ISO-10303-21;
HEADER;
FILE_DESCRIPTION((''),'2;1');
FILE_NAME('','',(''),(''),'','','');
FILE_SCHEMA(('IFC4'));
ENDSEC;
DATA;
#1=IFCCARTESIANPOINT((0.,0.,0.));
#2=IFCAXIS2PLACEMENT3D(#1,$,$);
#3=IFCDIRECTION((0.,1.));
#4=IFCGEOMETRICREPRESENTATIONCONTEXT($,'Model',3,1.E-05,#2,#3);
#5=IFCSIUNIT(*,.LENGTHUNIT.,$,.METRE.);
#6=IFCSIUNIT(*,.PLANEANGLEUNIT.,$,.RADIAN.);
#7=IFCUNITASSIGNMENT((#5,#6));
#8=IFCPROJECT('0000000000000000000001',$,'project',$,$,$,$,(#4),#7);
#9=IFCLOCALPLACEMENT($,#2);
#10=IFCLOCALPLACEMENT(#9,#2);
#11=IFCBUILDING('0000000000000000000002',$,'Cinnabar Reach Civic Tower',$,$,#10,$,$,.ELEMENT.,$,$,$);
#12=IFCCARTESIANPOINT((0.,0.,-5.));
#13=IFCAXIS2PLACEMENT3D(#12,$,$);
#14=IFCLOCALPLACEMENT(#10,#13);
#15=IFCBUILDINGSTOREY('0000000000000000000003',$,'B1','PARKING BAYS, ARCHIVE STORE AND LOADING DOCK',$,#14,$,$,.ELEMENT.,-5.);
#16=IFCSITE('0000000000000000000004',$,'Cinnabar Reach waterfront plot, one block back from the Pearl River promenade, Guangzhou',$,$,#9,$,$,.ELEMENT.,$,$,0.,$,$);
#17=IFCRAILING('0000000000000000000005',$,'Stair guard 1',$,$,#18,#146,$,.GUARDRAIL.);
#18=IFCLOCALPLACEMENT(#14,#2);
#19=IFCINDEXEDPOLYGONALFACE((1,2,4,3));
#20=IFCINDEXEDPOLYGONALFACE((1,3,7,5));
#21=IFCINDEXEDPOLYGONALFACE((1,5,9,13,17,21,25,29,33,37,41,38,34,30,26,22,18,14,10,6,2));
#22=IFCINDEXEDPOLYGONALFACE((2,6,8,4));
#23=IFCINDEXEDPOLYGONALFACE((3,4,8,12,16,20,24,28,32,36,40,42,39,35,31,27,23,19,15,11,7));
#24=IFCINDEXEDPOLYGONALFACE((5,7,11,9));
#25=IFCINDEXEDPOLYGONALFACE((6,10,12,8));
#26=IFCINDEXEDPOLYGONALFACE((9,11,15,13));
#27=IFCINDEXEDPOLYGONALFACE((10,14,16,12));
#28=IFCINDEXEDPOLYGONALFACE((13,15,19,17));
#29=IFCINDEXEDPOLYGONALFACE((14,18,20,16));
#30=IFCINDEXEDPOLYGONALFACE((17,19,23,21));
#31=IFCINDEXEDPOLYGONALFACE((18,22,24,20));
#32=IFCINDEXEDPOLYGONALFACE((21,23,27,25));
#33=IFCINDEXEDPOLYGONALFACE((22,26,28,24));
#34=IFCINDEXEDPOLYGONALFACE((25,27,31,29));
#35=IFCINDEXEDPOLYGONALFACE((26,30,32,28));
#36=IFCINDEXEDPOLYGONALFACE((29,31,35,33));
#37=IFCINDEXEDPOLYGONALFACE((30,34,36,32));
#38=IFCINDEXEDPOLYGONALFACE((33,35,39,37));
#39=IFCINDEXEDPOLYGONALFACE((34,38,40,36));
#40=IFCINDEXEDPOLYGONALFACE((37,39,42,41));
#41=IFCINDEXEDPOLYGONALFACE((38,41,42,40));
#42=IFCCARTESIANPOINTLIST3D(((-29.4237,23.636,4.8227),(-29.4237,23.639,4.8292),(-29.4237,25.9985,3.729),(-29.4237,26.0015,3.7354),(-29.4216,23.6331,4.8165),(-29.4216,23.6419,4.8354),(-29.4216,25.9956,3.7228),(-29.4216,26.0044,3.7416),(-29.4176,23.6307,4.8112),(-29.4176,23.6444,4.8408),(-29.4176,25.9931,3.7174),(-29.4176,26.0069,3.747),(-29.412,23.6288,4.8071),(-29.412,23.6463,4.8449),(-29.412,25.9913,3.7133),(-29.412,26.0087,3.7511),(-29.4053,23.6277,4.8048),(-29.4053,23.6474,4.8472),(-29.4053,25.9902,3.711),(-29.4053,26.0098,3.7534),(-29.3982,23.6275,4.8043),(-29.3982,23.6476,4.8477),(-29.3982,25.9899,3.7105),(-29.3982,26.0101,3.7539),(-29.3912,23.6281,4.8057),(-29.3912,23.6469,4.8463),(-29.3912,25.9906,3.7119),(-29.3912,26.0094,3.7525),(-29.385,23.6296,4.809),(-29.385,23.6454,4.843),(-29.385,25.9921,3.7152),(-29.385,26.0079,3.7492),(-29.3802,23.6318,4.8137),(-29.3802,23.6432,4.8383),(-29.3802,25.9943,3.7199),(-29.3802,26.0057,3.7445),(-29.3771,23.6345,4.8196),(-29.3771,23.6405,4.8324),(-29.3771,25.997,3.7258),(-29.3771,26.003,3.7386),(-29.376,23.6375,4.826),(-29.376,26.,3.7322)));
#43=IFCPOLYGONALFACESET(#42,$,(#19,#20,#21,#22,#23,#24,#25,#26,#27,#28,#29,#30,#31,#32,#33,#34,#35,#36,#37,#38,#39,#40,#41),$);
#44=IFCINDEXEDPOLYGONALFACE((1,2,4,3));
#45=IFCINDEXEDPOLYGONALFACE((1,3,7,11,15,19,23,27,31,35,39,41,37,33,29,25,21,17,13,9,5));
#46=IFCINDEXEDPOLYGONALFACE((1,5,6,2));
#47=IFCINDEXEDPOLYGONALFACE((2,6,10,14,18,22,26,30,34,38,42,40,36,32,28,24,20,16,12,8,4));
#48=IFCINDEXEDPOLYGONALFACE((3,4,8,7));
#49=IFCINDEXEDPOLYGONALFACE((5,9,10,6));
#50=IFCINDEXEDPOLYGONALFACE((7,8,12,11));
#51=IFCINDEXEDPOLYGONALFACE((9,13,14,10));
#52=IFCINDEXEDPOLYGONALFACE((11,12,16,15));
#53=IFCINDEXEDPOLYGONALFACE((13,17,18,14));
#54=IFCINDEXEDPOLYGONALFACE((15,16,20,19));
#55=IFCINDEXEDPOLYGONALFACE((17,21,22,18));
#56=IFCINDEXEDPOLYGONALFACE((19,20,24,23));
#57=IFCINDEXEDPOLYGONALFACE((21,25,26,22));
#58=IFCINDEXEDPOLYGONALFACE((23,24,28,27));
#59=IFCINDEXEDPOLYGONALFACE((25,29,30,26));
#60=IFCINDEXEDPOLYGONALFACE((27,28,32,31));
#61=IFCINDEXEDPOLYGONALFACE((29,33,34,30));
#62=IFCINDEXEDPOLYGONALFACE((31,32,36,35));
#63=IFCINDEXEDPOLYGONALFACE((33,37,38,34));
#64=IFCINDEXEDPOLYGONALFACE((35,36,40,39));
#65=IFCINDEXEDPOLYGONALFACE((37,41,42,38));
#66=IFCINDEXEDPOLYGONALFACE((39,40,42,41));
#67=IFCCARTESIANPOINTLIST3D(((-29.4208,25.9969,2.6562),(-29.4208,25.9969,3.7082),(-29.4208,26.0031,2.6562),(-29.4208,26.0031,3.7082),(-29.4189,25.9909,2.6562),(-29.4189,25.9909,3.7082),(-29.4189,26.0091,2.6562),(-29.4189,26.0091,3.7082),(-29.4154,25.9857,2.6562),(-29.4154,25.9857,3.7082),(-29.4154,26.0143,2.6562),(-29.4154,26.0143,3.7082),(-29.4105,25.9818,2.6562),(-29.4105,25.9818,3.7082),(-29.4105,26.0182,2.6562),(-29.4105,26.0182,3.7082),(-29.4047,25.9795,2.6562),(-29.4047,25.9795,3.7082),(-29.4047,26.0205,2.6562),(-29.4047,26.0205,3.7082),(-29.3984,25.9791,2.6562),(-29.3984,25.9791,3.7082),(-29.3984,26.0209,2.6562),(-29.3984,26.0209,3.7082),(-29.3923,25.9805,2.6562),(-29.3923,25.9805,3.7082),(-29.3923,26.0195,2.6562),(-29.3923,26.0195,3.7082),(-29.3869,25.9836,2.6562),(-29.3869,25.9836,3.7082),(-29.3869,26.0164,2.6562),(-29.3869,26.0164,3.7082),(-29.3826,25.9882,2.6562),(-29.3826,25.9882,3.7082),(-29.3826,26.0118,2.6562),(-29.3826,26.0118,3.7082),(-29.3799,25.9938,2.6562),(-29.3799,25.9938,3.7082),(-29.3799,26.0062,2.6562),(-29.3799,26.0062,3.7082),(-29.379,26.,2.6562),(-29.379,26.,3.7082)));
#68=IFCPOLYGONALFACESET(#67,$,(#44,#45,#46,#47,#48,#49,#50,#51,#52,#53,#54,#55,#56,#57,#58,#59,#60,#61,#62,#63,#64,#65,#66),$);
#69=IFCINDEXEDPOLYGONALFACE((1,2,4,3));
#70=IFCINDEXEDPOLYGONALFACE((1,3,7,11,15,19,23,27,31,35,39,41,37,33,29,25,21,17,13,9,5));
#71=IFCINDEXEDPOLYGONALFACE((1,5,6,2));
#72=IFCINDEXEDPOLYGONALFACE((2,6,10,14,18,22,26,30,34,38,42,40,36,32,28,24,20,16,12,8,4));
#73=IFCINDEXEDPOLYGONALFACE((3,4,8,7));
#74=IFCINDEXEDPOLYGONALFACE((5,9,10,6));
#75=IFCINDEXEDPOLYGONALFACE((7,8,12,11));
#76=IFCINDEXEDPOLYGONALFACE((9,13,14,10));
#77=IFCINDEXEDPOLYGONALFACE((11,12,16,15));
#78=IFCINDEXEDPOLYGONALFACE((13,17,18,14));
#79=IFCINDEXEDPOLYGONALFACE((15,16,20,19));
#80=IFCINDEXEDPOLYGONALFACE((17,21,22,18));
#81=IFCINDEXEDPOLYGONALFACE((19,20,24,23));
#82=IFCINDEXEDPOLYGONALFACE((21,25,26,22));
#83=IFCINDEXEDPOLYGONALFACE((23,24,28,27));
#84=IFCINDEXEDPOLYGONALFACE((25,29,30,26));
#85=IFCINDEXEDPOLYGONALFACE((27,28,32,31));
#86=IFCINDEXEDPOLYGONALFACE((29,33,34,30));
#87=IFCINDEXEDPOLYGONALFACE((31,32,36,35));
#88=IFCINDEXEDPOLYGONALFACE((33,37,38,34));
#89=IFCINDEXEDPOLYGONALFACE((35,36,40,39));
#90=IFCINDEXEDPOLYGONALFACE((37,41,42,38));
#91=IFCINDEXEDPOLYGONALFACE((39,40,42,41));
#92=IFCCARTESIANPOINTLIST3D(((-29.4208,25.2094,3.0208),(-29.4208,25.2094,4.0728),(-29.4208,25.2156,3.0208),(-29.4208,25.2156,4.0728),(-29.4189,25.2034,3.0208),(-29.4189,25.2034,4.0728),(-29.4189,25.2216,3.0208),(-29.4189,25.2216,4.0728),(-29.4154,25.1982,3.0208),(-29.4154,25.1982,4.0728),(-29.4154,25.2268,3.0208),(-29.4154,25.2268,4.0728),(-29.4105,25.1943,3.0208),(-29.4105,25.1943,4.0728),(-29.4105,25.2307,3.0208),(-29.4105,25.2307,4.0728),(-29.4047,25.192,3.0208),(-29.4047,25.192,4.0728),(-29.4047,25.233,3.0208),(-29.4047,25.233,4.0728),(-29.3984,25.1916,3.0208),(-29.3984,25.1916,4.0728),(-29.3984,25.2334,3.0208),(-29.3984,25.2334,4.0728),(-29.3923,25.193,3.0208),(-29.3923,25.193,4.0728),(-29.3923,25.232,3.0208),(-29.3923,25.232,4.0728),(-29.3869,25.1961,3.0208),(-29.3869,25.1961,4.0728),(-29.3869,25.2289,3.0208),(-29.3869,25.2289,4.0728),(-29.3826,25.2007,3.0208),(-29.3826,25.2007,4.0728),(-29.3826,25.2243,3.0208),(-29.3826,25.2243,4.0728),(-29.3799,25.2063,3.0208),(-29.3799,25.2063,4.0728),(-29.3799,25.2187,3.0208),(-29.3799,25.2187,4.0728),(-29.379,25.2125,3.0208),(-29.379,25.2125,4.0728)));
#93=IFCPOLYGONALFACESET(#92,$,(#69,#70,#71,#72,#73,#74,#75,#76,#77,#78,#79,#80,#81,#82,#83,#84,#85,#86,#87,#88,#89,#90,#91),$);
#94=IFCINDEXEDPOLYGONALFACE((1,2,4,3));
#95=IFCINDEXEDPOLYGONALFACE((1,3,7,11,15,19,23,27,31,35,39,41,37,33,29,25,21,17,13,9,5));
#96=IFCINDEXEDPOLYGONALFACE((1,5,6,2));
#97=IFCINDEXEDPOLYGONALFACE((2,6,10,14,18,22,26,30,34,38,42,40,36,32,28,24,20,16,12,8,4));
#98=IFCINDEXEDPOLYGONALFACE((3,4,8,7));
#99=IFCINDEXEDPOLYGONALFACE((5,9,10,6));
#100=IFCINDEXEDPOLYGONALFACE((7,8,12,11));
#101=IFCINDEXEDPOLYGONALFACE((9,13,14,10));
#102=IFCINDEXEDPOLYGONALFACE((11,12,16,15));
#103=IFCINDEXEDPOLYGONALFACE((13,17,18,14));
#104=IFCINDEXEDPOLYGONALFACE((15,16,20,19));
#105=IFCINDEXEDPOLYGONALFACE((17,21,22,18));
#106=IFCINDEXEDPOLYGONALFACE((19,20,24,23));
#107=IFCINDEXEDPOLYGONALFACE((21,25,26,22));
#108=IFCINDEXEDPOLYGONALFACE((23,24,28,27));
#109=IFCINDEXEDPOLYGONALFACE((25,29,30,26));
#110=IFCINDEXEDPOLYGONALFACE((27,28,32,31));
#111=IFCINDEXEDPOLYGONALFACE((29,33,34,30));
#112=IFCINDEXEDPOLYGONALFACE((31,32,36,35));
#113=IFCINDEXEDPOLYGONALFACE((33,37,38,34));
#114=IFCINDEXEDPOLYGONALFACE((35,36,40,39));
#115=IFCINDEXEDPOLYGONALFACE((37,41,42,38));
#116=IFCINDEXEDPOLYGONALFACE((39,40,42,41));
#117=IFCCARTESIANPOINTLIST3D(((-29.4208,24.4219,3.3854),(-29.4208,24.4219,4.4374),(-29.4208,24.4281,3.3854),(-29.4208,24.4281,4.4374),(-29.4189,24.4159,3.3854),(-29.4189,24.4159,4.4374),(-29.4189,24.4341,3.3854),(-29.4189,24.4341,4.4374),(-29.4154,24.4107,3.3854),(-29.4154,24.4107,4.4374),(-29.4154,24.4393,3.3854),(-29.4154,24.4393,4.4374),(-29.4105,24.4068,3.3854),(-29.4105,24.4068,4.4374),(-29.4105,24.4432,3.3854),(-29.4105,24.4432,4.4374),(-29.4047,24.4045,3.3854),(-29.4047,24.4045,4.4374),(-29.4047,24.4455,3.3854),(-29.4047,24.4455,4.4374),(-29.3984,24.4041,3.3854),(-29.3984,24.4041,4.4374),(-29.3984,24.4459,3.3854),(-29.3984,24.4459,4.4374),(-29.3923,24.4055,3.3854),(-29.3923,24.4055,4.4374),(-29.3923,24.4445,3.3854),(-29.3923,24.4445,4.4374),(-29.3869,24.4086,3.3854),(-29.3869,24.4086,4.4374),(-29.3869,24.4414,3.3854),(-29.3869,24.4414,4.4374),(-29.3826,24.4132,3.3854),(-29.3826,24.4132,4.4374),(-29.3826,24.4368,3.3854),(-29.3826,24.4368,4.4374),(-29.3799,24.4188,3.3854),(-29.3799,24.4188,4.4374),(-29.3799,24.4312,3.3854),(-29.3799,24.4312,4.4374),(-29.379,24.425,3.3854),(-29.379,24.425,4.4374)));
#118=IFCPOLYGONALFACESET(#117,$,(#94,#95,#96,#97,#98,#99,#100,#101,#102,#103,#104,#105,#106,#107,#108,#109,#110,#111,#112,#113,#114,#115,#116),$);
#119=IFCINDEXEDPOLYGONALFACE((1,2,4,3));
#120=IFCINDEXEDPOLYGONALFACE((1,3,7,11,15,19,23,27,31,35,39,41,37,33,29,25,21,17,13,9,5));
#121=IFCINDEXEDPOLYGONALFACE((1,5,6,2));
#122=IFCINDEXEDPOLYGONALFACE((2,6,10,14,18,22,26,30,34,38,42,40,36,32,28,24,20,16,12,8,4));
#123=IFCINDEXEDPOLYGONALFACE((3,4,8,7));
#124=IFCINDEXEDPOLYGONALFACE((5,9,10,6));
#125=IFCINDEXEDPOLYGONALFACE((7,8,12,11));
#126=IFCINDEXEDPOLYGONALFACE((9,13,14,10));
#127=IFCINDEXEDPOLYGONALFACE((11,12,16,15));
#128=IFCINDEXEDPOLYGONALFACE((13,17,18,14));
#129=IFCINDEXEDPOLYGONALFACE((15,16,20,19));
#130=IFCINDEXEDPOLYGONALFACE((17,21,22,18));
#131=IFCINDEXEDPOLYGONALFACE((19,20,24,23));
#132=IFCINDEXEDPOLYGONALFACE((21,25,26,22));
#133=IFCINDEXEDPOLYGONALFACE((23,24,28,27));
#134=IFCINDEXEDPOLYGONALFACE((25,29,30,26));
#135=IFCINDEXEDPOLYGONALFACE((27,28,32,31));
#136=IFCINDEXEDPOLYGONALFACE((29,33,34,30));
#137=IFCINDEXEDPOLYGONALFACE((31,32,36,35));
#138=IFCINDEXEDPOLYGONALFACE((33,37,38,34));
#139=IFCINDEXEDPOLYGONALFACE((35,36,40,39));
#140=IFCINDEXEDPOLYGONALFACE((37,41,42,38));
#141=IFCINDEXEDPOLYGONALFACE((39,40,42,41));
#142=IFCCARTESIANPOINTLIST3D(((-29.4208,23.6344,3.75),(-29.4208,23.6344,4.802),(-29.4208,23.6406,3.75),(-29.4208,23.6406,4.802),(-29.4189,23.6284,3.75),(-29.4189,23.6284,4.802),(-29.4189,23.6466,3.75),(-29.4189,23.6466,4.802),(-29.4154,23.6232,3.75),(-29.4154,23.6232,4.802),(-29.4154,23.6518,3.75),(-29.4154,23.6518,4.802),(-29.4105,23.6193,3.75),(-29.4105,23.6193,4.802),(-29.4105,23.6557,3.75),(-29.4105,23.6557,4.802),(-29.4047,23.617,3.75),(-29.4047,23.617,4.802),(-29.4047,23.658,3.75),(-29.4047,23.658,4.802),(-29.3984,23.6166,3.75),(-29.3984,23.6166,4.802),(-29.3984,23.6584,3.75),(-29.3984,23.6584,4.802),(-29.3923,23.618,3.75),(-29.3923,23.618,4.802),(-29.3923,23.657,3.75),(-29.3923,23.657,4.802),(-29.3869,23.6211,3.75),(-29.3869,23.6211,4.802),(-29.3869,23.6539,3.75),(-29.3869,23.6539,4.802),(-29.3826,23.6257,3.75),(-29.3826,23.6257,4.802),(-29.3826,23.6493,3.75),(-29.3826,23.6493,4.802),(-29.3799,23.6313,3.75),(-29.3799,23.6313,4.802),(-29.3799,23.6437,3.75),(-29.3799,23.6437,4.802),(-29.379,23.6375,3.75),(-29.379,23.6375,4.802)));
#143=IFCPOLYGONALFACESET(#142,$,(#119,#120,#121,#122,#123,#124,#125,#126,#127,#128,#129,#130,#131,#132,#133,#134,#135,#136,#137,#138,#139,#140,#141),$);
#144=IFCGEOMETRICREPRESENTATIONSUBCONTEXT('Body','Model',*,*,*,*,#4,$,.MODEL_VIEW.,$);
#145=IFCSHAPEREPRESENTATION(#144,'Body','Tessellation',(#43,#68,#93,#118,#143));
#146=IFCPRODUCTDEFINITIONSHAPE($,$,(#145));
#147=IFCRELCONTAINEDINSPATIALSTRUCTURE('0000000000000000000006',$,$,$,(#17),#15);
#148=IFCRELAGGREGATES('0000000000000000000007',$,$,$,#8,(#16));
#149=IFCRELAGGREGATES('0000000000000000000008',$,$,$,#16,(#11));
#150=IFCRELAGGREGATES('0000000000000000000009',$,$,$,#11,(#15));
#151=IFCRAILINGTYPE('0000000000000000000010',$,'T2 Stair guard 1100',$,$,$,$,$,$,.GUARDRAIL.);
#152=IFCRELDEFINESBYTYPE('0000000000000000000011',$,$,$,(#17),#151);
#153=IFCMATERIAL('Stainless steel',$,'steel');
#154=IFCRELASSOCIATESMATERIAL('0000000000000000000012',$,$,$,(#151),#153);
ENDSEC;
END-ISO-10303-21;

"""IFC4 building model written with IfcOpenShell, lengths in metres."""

from ifc_helpers import new_model, si_unit, direction, frame, origin, origin_2d, place, context, subcontext, project, spatial, circle, extrude, material, type_object, element, save


model = new_model("IFC4")

# Units and contexts
model_context = context("Model", 3, precision=1e-05, world=origin(), true_north=direction((0.0, 1.0)))
body_context = subcontext(model_context, "Body", "Model", "MODEL_VIEW")
ifc_project = project(units=[si_unit("LENGTHUNIT", "METRE"), si_unit("PLANEANGLEUNIT", "RADIAN")], contexts=[model_context])

# Site, building, storey
site_placement = place(None, origin())
site = spatial("IfcSite", under=ifc_project, at=site_placement, Name="Cinnabar Reach waterfront plot, one block back from the Pearl River promenade, Guangzhou", CompositionType="ELEMENT", RefElevation=0.0)
building_placement = place(site_placement, origin())
building = spatial("IfcBuilding", under=site, at=building_placement, Name="Cinnabar Reach Civic Tower", CompositionType="ELEMENT")
storey_placement = place(building_placement, frame((0.0, 0.0, -5.0)))
storey = spatial("IfcBuildingStorey", under=building, at=storey_placement, Name="B1", Description="PARKING BAYS, ARCHIVE STORE AND LOADING DOCK", CompositionType="ELEMENT", Elevation=-5.0)

# Railing
ifc_material_1 = material(Name="Stainless steel", Category="steel")
railing_type = type_object("IfcRailingType", Name="T2 Stair guard 1100", PredefinedType="GUARDRAIL", material=ifc_material_1)
railing_1_placement = place(storey_placement, frame((-29.4, 26.0, 2.6562)))
element("IfcRailing", 1, at=railing_1_placement, inside=storey, type_object=railing_type, Name="Stair guard 1", PredefinedType="GUARDRAIL", context=body_context, shape_type="SweptSolid", body=[
    extrude(circle(Radius=0.024, at=origin_2d()), frame((0.0, 0.0, 1.076), z_axis=(0.0, -0.90746, 0.420139), x_axis=(1.0, 0.0, 0.0)), (0.0, 0.0, 1.0), 2.6034),
    extrude(circle(Radius=0.021, at=origin_2d()), origin(), (0.0, 0.0, 1.0), 1.052),
    extrude(circle(Radius=0.021, at=origin_2d()), frame((0.0, -0.7875, 0.3646)), (0.0, 0.0, 1.0), 1.052),
    extrude(circle(Radius=0.021, at=origin_2d()), frame((0.0, -1.575, 0.7292)), (0.0, 0.0, 1.0), 1.052),
    extrude(circle(Radius=0.021, at=origin_2d()), frame((0.0, -2.3625, 1.0938)), (0.0, 0.0, 1.0), 1.052),
])

save(model, "model.ifc")
